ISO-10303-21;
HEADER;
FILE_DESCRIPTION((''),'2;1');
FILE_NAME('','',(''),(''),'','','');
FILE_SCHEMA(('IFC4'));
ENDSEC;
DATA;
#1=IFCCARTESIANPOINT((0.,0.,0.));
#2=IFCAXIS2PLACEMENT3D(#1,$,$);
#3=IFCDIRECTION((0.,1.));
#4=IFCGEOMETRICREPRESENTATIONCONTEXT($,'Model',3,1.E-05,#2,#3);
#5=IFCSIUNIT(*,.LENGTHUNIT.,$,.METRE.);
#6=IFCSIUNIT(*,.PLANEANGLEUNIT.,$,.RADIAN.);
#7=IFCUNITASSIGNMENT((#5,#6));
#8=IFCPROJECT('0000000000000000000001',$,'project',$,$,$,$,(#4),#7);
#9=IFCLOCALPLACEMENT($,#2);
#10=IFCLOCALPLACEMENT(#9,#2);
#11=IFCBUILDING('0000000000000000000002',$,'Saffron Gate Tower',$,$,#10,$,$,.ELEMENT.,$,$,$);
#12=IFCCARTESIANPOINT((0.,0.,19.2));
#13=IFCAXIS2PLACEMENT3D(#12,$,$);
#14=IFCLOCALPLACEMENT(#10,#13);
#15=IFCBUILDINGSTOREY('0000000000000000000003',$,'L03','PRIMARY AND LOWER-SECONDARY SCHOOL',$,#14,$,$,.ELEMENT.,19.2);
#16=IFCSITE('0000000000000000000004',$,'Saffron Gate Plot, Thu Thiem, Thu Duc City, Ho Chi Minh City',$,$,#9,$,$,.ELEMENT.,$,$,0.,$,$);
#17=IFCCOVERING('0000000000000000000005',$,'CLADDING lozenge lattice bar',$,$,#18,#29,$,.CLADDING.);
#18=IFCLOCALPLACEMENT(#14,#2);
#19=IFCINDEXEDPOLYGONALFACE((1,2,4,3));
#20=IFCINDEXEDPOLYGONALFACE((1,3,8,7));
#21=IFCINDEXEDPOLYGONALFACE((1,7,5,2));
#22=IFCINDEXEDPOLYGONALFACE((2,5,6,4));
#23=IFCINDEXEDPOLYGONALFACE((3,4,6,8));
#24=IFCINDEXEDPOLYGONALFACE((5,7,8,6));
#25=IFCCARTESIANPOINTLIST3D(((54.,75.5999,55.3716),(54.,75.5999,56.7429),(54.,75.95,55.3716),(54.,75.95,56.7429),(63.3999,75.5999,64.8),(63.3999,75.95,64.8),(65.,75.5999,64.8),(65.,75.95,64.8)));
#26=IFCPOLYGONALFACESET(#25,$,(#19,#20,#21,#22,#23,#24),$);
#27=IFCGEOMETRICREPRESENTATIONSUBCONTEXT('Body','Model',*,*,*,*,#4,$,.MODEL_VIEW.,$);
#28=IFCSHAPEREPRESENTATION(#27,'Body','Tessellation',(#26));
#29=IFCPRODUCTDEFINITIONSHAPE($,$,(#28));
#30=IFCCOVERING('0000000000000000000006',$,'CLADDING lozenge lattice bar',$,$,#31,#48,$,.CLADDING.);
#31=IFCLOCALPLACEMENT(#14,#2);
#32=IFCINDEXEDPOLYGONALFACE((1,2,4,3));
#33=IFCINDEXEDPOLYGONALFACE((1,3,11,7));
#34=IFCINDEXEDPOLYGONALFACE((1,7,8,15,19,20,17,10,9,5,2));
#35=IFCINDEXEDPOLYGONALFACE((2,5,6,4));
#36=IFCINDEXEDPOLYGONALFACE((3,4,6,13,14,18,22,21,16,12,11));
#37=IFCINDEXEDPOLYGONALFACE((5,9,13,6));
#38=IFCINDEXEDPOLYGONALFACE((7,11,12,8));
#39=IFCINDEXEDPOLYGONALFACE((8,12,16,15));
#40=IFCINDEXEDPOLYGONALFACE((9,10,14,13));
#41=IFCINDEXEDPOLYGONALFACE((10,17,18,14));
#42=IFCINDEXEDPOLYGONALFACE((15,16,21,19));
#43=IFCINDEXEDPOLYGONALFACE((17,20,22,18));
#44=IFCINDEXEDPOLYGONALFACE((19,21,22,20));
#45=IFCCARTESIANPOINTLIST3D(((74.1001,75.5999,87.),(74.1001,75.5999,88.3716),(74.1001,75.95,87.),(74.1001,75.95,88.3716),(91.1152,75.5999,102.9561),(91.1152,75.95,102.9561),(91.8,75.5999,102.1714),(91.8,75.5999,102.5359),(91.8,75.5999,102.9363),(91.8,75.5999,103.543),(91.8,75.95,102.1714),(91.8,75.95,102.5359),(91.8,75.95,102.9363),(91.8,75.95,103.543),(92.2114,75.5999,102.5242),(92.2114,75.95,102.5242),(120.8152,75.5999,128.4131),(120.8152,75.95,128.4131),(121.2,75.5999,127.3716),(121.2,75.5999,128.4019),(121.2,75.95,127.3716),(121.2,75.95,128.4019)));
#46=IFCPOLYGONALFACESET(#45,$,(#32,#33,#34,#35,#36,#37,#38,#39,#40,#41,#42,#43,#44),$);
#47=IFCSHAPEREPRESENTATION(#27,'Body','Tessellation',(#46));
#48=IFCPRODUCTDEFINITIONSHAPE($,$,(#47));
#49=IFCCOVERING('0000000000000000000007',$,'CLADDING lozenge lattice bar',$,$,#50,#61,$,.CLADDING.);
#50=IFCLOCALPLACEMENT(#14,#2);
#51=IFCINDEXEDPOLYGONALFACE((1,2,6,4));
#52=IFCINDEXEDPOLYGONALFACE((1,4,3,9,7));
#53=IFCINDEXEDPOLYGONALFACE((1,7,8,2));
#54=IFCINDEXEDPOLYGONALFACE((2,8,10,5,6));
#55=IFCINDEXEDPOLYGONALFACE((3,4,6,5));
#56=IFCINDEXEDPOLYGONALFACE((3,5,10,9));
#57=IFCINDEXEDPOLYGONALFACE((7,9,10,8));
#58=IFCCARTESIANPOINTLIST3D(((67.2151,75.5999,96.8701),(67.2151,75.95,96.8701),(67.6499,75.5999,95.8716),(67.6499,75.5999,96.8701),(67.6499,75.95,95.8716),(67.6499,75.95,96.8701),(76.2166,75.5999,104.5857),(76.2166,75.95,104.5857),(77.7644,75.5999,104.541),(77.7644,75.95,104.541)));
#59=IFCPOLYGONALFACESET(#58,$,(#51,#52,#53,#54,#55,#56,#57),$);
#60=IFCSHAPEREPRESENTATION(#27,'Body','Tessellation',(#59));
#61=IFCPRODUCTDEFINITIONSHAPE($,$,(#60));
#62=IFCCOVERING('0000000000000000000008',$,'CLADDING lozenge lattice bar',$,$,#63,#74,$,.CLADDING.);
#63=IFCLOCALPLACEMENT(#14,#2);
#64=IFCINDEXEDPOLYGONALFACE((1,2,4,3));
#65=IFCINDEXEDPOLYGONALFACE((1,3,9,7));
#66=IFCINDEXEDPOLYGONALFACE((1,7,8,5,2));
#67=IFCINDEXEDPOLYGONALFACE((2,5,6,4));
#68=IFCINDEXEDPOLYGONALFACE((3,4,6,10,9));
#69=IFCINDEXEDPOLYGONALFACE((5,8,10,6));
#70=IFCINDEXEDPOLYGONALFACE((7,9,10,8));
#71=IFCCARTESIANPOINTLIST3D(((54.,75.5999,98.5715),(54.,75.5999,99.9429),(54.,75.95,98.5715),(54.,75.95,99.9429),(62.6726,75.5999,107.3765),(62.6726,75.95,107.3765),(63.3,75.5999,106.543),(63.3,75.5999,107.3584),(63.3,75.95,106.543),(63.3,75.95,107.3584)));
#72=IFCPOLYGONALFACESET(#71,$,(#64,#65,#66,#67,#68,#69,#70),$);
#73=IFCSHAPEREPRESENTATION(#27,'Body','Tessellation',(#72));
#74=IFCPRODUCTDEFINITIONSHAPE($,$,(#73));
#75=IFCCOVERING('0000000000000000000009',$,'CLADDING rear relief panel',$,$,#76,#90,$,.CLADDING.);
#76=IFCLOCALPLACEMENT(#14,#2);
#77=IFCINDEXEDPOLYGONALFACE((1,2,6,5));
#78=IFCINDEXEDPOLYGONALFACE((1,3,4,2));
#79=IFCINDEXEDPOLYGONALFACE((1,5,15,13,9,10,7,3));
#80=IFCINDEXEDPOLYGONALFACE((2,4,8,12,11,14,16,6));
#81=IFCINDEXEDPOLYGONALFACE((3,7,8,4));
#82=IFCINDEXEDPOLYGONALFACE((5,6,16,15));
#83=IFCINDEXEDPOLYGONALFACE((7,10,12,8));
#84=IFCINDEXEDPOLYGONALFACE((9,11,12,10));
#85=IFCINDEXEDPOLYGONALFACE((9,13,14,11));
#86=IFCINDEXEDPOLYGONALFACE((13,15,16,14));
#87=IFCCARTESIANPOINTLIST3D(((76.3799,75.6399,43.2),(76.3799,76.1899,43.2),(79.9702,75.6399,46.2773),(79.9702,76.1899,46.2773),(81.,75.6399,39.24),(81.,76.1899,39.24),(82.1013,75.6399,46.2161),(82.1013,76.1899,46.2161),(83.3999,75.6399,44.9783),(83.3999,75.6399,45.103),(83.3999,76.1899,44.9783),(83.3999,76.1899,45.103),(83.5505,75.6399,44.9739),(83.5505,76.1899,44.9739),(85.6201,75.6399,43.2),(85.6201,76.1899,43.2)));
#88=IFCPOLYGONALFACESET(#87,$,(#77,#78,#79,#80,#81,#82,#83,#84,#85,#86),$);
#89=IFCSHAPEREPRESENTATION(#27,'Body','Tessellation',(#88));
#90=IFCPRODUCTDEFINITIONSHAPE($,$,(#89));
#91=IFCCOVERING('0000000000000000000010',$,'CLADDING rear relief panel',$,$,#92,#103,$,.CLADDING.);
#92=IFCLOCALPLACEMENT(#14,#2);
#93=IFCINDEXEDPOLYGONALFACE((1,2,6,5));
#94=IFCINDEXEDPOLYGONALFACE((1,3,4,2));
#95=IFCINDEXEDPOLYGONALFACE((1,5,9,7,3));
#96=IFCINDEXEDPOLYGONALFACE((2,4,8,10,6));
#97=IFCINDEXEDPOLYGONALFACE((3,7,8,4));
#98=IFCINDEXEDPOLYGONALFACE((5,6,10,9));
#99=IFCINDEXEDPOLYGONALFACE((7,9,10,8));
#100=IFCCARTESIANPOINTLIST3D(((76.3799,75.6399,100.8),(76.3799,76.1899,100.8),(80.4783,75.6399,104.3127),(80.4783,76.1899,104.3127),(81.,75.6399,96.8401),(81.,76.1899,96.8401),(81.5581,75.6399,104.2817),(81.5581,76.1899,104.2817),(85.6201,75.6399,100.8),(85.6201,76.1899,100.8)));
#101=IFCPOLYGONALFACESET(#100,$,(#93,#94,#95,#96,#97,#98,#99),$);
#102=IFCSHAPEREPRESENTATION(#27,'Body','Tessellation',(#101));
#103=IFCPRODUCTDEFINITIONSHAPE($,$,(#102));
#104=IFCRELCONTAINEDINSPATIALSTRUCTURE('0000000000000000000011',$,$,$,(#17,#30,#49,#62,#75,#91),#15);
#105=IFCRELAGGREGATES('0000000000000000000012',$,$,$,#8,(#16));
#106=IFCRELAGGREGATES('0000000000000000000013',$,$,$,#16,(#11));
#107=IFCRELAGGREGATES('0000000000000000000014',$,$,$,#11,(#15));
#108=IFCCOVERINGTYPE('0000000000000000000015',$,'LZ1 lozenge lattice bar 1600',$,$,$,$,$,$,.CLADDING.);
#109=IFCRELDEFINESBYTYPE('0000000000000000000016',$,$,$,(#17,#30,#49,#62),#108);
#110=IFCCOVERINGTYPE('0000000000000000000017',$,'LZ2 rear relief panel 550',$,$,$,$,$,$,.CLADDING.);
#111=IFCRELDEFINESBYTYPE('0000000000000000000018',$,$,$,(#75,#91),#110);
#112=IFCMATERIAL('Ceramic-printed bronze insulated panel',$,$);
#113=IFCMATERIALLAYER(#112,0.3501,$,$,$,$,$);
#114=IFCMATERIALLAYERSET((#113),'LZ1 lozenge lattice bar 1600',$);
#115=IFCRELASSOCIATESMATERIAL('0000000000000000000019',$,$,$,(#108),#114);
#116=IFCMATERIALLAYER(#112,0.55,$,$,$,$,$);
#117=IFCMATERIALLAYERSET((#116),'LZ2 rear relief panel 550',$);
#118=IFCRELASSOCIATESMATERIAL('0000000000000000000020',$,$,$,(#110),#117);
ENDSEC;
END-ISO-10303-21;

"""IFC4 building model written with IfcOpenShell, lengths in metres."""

from ifc_helpers import new_model, si_unit, direction, frame, origin, place, context, subcontext, project, spatial, polyline, outline, extrude, material, layer, layer_set, type_object, element, save


model = new_model("IFC4")

# Units and contexts
model_context = context("Model", 3, precision=1e-05, world=origin(), true_north=direction((0.0, 1.0)))
body_context = subcontext(model_context, "Body", "Model", "MODEL_VIEW")
ifc_project = project(units=[si_unit("LENGTHUNIT", "METRE"), si_unit("PLANEANGLEUNIT", "RADIAN")], contexts=[model_context])

# Site, building, storey
site_placement = place(None, origin())
site = spatial("IfcSite", under=ifc_project, at=site_placement, Name="Saffron Gate Plot, Thu Thiem, Thu Duc City, Ho Chi Minh City", CompositionType="ELEMENT", RefElevation=0.0)
building_placement = place(site_placement, origin())
building = spatial("IfcBuilding", under=site, at=building_placement, Name="Saffron Gate Tower", CompositionType="ELEMENT")
storey_placement = place(building_placement, frame((0.0, 0.0, 19.2)))
storey = spatial("IfcBuildingStorey", under=building, at=storey_placement, Name="L03", Description="PRIMARY AND LOWER-SECONDARY SCHOOL", CompositionType="ELEMENT", Elevation=19.2)

# Coverings
ifc_material_1 = material(Name="Ceramic-printed bronze insulated panel")
ifc_layer_1 = layer(ifc_material_1, 0.3501)
ifc_layer_set_1 = layer_set([ifc_layer_1], Name="LZ1 lozenge lattice bar 1600")
covering_type_1 = type_object("IfcCoveringType", Name="LZ1 lozenge lattice bar 1600", PredefinedType="CLADDING", material=ifc_layer_set_1)
covering_1_placement = place(storey_placement, frame((54.0, 75.95, 56.7429), z_axis=(0.0, 1.0, 0.0), x_axis=(0.759254, 0.0, 0.650795)))
element("IfcCovering", 1, at=covering_1_placement, inside=storey, type_object=covering_type_1, Name="CLADDING lozenge lattice bar", PredefinedType="CLADDING", context=body_context, shape_type="SweptSolid", body=[
    extrude(outline(polyline([(0.0, 0.0), (12.3804, 0.0), (13.5953, 1.0413), (-0.8925, 1.0412), (0.0, 0.0)])), origin(), (0.0, 0.0, -1.0), 0.3501),
])
covering_2_placement = place(storey_placement, frame((74.1001, 75.95, 87.0), z_axis=(0.0, 1.0, 0.0), x_axis=(0.0, 0.0, 1.0)))
element("IfcCovering", 2, at=covering_2_placement, inside=storey, type_object=covering_type_1, Name="CLADDING lozenge lattice bar", PredefinedType="CLADDING", context=body_context, shape_type="SweptSolid", body=[
    extrude(outline(polyline([(0.0, 0.0), (1.3716, 0.0), (15.9561, 17.0151), (15.9363, 17.7), (16.543, 17.7), (41.4131, 46.7151), (41.4019, 47.0999), (40.3716, 47.0999), (15.5242, 18.1113), (15.5359, 17.7), (15.1714, 17.7), (0.0, 0.0)])), origin(), (0.0, 0.0, -1.0), 0.3501),
])
covering_3_placement = place(storey_placement, frame((67.6499, 75.95, 95.8716), z_axis=(0.0, 1.0, 0.0), x_axis=(0.0, 0.0, 1.0)))
element("IfcCovering", 3, at=covering_3_placement, inside=storey, type_object=covering_type_1, Name="CLADDING lozenge lattice bar", PredefinedType="CLADDING", context=body_context, shape_type="SweptSolid", body=[
    extrude(outline(polyline([(0.0, 0.0), (0.9985, 0.0), (0.9985, -0.4348), (8.7141, 8.5667), (8.6694, 10.1145), (0.0, 0.0)])), origin(), (0.0, 0.0, -1.0), 0.3501),
])
covering_4_placement = place(storey_placement, frame((54.0, 75.95, 99.9429), z_axis=(0.0, 1.0, 0.0), x_axis=(0.75926, 0.0, 0.650788)))
element("IfcCovering", 4, at=covering_4_placement, inside=storey, type_object=covering_type_1, Name="CLADDING lozenge lattice bar", PredefinedType="CLADDING", context=body_context, shape_type="SweptSolid", body=[
    extrude(outline(polyline([(0.0, 0.0), (11.4225, 0.0), (11.8871, 0.422), (11.3564, 1.0412), (-0.8925, 1.0412), (0.0, 0.0)])), origin(), (0.0, 0.0, -1.0), 0.3501),
])
ifc_layer_2 = layer(ifc_material_1, 0.55)
ifc_layer_set_2 = layer_set([ifc_layer_2], Name="LZ2 rear relief panel 550")
covering_type_2 = type_object("IfcCoveringType", Name="LZ2 rear relief panel 550", PredefinedType="CLADDING", material=ifc_layer_set_2)
covering_5_placement = place(storey_placement, frame((79.9702, 76.1899, 46.2773), z_axis=(0.0, 1.0, 0.0), x_axis=(0.999587, 0.0, -0.028743)))
element("IfcCovering", 5, at=covering_5_placement, inside=storey, type_object=covering_type_2, Name="CLADDING rear relief panel", PredefinedType="CLADDING", context=body_context, shape_type="SweptSolid", body=[
    extrude(outline(polyline([(0.0, 0.0), (2.132, 0.0), (3.462, 1.0753), (3.4656, 1.2), (3.6163, 1.2), (5.736, 2.9137), (1.2316, 7.0048), (-3.5004, 3.1793), (0.0, 0.0)])), origin(), (0.0, 0.0, -1.0), 0.55),
])
covering_6_placement = place(storey_placement, frame((80.4783, 76.1899, 104.3127), z_axis=(0.0, 1.0, 0.0), x_axis=(0.999588, 0.0, -0.028702)))
element("IfcCovering", 6, at=covering_6_placement, inside=storey, type_object=covering_type_2, Name="CLADDING rear relief panel", PredefinedType="CLADDING", context=body_context, shape_type="SweptSolid", body=[
    extrude(outline(polyline([(0.0, 0.0), (1.0803, 0.0), (5.2405, 3.3637), (0.736, 7.4546), (-3.9959, 3.6289), (0.0, 0.0)])), origin(), (0.0, 0.0, -1.0), 0.55),
])

save(model, "model.ifc")
